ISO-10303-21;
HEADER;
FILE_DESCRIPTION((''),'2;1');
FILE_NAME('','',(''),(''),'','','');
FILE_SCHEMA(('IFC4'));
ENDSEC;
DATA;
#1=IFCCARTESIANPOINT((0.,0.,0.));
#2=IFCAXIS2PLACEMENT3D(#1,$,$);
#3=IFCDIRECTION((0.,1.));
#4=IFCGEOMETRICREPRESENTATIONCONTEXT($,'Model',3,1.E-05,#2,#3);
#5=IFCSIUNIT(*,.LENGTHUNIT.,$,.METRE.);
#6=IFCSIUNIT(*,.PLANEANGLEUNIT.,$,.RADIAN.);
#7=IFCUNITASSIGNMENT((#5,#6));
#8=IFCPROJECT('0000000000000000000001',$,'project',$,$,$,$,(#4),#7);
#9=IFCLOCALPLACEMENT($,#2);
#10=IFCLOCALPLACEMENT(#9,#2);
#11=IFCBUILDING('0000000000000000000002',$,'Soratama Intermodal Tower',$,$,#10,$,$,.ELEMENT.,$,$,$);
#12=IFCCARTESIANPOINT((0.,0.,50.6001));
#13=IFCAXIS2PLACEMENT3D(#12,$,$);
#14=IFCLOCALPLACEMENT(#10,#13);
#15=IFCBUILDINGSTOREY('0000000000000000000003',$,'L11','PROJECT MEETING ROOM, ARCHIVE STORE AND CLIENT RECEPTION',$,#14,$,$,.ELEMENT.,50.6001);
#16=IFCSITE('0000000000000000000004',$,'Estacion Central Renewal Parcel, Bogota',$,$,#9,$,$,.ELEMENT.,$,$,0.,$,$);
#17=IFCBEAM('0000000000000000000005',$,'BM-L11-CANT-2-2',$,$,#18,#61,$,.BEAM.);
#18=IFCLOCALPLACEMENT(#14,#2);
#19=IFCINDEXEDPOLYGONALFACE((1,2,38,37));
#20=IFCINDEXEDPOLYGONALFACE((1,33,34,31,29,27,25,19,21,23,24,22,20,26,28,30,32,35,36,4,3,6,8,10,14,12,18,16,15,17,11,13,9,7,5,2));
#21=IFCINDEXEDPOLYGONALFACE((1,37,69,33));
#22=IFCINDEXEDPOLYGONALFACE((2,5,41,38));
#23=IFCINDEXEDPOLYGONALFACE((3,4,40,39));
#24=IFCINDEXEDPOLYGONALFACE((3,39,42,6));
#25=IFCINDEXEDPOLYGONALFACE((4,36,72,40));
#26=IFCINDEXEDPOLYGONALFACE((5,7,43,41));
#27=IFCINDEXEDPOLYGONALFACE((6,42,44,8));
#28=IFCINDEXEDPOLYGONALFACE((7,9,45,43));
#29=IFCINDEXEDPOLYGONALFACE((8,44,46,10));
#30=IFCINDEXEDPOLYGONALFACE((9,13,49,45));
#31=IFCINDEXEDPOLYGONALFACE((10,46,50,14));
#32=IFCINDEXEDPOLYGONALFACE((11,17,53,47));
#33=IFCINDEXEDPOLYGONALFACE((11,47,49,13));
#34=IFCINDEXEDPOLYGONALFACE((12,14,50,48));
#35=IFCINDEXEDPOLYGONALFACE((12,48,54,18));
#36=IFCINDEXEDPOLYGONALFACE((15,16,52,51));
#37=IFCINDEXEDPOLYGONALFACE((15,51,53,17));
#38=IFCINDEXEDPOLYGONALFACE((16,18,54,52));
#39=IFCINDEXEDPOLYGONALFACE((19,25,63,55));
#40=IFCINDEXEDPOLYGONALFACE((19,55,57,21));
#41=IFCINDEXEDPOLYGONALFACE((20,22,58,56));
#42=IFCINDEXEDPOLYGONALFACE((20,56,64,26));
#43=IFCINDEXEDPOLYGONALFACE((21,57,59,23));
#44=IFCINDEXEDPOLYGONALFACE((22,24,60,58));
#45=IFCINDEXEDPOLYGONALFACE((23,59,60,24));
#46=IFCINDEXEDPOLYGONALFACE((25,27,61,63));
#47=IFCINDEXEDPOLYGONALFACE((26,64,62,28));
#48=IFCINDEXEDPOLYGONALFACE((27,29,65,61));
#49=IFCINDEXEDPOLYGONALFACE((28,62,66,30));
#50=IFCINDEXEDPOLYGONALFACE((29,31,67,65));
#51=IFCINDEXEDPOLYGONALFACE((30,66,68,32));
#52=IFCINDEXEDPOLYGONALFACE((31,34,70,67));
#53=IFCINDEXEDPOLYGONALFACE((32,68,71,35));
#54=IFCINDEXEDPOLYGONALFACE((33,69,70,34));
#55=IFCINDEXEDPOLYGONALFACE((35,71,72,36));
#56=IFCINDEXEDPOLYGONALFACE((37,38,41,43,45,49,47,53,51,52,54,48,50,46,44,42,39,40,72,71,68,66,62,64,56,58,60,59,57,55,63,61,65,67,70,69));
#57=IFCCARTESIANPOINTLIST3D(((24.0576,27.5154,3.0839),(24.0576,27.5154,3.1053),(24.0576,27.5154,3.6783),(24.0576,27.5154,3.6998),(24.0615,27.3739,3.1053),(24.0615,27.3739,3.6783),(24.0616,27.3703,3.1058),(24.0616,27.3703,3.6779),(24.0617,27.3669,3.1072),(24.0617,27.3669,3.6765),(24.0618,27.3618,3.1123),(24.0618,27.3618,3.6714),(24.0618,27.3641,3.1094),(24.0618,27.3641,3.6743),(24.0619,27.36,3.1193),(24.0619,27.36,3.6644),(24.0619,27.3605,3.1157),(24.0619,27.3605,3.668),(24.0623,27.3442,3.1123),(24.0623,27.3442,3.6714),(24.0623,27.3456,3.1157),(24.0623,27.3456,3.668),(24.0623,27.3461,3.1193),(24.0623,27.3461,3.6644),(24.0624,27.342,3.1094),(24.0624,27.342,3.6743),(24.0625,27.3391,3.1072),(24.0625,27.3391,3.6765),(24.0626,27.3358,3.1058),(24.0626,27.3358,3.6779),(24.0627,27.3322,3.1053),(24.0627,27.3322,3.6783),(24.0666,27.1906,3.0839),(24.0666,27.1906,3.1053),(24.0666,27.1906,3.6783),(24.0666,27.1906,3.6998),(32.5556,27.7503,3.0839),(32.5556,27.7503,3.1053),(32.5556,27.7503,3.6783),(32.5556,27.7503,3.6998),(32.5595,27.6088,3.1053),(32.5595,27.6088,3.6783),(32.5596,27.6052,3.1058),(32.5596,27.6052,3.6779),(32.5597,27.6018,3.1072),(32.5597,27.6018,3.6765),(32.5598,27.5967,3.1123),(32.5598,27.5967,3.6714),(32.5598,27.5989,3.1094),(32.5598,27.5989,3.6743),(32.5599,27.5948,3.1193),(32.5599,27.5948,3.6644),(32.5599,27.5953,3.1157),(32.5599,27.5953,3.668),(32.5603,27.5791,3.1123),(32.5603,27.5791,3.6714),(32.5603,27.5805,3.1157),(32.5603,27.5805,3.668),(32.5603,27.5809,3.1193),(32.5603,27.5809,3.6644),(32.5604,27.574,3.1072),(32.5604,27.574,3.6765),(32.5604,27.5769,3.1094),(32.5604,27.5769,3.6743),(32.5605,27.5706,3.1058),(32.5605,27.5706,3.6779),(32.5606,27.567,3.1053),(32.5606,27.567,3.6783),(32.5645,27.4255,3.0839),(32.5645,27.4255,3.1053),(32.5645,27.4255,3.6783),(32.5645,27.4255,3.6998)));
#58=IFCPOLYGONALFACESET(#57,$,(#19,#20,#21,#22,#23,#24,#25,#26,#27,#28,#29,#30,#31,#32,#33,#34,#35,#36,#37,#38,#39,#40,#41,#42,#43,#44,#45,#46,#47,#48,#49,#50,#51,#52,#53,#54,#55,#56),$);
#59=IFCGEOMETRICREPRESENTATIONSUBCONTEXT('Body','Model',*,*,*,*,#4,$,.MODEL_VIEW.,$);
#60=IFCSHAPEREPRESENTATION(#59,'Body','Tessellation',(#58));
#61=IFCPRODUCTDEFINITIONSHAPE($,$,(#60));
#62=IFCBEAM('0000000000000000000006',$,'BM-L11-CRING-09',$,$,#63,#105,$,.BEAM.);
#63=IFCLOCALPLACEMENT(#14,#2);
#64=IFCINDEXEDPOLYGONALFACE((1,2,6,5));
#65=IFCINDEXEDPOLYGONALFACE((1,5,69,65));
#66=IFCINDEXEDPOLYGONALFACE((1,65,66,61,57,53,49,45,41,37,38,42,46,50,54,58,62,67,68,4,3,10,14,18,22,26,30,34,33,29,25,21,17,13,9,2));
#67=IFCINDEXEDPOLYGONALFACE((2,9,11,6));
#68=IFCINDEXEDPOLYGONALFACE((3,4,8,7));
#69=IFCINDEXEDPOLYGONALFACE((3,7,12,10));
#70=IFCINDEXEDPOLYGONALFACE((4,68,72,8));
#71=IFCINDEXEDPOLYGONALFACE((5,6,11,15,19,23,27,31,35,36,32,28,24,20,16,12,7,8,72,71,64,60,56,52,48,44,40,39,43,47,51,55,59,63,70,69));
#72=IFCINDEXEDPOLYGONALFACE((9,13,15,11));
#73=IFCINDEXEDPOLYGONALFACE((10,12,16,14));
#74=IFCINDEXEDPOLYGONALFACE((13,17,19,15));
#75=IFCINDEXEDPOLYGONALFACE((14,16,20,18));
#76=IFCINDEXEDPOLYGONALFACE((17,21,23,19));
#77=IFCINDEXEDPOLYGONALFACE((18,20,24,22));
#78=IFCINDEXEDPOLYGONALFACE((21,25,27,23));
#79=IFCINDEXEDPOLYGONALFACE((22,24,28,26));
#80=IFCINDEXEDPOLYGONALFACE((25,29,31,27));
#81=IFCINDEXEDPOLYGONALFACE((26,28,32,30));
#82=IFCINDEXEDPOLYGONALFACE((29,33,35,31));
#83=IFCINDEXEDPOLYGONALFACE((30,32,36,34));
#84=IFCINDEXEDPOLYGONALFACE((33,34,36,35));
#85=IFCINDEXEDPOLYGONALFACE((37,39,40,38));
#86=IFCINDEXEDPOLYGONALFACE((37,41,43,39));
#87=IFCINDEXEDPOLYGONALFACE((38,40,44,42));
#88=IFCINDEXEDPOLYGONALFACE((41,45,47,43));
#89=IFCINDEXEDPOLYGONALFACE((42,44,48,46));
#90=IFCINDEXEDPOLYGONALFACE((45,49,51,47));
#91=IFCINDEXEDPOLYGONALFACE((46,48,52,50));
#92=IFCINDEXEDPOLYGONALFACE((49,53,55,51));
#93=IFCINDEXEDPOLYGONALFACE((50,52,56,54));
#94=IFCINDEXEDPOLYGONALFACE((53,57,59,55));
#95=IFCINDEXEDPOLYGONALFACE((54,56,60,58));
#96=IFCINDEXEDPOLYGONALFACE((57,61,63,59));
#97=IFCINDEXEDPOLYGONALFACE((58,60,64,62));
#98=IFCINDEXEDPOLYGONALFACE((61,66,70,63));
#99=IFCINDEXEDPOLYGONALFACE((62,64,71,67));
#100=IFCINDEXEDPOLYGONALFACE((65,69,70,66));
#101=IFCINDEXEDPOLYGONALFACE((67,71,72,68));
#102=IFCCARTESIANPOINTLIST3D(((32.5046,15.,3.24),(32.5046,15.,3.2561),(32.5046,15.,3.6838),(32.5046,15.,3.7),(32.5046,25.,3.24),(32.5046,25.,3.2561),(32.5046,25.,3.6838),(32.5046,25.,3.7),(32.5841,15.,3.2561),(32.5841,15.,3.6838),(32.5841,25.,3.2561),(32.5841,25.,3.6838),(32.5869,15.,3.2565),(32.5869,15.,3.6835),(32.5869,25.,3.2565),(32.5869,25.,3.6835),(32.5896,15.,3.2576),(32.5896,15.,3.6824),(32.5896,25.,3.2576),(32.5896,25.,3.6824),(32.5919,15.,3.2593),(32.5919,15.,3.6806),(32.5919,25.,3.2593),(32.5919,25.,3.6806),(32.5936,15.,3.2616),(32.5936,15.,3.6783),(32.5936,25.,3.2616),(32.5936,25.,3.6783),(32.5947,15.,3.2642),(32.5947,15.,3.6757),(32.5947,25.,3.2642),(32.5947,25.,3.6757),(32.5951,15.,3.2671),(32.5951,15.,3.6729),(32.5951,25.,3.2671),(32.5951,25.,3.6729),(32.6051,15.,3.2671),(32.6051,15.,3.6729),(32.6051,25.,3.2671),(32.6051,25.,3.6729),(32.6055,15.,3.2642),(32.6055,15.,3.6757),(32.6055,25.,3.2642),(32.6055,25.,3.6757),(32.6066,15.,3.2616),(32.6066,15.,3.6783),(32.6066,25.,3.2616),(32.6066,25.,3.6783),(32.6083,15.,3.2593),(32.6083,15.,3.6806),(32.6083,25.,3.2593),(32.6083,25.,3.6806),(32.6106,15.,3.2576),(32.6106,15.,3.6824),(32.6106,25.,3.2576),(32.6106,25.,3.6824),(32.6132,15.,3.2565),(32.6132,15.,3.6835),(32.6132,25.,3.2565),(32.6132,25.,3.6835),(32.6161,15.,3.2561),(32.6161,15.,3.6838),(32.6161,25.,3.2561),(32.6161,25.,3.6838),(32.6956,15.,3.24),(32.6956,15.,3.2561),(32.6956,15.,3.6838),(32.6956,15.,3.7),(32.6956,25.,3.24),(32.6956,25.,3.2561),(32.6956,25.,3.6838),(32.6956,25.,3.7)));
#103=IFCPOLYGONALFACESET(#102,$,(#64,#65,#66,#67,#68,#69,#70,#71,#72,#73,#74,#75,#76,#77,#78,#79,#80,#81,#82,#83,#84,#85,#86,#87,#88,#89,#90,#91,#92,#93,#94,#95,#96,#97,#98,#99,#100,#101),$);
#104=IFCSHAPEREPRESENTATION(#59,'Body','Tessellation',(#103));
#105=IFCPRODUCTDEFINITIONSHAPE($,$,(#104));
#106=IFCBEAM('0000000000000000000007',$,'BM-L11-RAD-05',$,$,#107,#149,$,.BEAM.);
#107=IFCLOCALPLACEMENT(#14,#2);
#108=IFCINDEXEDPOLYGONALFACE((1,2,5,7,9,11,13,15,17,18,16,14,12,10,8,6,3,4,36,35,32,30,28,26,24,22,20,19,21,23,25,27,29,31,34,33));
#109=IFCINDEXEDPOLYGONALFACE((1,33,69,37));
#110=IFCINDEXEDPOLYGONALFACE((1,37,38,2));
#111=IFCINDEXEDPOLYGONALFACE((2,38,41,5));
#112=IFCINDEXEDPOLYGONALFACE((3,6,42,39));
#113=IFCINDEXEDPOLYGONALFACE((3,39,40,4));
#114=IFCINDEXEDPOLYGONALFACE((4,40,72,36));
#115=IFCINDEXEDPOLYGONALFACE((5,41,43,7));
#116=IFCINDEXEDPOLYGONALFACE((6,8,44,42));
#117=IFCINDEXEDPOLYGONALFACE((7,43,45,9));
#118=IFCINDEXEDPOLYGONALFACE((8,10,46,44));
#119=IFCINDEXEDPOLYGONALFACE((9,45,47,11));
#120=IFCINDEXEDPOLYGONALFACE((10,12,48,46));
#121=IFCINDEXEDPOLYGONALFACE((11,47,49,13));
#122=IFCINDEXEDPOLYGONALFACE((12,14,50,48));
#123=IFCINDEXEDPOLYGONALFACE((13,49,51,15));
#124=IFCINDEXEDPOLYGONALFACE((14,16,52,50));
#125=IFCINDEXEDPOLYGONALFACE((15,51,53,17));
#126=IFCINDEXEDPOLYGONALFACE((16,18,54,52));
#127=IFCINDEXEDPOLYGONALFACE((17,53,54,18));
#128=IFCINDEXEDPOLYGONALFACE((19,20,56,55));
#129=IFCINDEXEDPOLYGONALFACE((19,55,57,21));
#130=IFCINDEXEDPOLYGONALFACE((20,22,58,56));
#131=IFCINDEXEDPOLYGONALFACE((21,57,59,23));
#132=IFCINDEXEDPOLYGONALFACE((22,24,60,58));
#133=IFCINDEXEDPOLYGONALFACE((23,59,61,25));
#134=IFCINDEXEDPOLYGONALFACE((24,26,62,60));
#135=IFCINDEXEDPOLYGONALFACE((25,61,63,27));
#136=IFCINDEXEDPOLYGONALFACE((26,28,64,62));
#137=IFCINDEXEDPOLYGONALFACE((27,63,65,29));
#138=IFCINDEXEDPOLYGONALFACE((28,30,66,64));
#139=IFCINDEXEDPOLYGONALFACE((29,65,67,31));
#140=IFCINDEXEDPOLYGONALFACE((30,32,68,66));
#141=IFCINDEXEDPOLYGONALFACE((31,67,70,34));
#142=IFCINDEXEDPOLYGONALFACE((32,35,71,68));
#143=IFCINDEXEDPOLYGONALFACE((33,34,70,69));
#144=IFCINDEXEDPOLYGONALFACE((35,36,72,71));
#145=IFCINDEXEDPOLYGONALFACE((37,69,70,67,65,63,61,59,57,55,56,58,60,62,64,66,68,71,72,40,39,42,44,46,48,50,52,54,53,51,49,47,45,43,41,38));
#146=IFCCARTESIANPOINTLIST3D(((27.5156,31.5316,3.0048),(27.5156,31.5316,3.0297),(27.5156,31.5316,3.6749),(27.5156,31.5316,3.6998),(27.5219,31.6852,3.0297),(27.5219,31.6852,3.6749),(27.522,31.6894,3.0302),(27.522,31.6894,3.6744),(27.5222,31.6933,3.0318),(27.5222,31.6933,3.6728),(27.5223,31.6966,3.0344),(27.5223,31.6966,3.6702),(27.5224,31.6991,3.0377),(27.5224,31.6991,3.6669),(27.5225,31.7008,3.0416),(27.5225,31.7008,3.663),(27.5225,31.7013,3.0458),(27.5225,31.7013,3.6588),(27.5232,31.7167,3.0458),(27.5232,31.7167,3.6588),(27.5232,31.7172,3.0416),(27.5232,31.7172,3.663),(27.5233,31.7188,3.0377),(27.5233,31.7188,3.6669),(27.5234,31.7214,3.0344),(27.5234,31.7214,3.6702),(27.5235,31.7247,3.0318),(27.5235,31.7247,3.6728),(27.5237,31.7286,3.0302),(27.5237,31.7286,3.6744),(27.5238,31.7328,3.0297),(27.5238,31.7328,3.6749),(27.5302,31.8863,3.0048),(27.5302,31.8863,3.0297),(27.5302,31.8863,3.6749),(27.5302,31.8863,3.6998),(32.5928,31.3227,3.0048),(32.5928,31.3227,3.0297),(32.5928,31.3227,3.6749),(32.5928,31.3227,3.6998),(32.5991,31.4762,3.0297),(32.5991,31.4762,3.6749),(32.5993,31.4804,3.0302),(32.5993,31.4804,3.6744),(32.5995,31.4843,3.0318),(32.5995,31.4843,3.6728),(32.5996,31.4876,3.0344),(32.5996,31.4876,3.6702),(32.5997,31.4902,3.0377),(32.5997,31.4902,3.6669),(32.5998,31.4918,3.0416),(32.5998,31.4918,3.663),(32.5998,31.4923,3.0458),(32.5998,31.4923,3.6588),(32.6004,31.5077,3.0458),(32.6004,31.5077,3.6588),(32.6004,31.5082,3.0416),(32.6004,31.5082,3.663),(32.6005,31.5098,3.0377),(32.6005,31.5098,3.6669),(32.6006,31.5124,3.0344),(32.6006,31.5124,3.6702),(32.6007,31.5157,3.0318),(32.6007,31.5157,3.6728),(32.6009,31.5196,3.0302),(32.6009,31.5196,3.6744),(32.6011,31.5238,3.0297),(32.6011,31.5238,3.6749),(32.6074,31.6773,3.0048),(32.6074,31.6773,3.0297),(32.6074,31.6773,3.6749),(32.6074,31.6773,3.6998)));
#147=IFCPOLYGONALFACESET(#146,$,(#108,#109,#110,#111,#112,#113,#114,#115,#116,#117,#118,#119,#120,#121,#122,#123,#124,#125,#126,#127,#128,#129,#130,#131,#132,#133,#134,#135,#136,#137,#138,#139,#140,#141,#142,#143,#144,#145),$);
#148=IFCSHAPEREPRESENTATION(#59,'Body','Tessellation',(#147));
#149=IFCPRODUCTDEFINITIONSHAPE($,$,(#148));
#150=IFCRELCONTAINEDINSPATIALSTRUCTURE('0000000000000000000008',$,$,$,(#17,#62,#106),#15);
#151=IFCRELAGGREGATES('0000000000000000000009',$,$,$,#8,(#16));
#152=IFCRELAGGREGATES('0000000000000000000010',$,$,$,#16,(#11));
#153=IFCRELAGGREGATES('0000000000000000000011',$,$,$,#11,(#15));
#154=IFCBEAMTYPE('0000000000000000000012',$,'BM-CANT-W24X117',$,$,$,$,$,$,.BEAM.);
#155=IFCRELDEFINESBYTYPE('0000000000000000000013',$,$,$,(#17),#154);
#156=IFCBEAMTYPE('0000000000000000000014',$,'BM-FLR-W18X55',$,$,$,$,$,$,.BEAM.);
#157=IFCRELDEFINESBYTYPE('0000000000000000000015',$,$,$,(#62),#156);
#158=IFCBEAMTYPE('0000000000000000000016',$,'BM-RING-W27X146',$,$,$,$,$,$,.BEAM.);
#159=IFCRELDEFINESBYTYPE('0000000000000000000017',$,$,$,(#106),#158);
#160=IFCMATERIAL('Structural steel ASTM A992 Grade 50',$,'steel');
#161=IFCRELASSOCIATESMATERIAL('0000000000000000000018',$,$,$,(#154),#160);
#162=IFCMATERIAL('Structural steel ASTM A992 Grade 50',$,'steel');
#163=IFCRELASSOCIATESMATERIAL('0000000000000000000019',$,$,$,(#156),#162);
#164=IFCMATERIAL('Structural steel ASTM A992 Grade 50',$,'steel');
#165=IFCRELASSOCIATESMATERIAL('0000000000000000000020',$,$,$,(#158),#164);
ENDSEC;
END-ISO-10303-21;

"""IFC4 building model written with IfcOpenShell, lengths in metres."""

from ifc_helpers import new_model, si_unit, direction, frame, origin, origin_2d, place, context, subcontext, project, spatial, i_section, extrude, material, material_profile, profile_set, type_object, element, save


model = new_model("IFC4")

# Units and contexts
model_context = context("Model", 3, precision=1e-05, world=origin(), true_north=direction((0.0, 1.0)))
body_context = subcontext(model_context, "Body", "Model", "MODEL_VIEW")
ifc_project = project(units=[si_unit("LENGTHUNIT", "METRE"), si_unit("PLANEANGLEUNIT", "RADIAN")], contexts=[model_context])

# Site, building, storey
site_placement = place(None, origin())
site = spatial("IfcSite", under=ifc_project, at=site_placement, Name="Estacion Central Renewal Parcel, Bogota", CompositionType="ELEMENT", RefElevation=0.0)
building_placement = place(site_placement, origin())
building = spatial("IfcBuilding", under=site, at=building_placement, Name="Soratama Intermodal Tower", CompositionType="ELEMENT")
storey_placement = place(building_placement, frame((0.0, 0.0, 50.6001)))
storey = spatial("IfcBuildingStorey", under=building, at=storey_placement, Name="L11", Description="PROJECT MEETING ROOM, ARCHIVE STORE AND CLIENT RECEPTION", CompositionType="ELEMENT", Elevation=50.6001)

# Beams
ifc_material_1 = material(Name="Structural steel ASTM A992 Grade 50", Category="steel")
ifc_material_profile_1 = material_profile(ifc_material_1, i_section(OverallWidth=0.325, OverallDepth=0.616, WebThickness=0.0139, FlangeThickness=0.0215, FilletRadius=0.0139, at=origin_2d()), Name="W24X117")
ifc_profile_set_1 = profile_set([ifc_material_profile_1], Name="Structural steel ASTM A992 Grade 50")
beam_type_1 = type_object("IfcBeamType", Name="BM-CANT-W24X117", PredefinedType="BEAM", material=ifc_profile_set_1)
beam_1_placement = place(storey_placement, frame((32.5601, 27.5879, 3.3918), z_axis=(-0.999618, -0.027627, 0.0), x_axis=(0.027627, -0.999618, 0.0)))
element("IfcBeam", 1, at=beam_1_placement, inside=storey, type_object=beam_type_1, Name="BM-L11-CANT-2-2", PredefinedType="BEAM", context=body_context, shape_type="SweptSolid", body=[
    extrude(i_section(OverallWidth=0.325, OverallDepth=0.616, WebThickness=0.0139, FlangeThickness=0.0215, FilletRadius=0.0139, at=origin_2d()), origin(), (0.0, 0.0, 1.0), 8.5012),
])
ifc_material_2 = material(Name="Structural steel ASTM A992 Grade 50", Category="steel")
ifc_material_profile_2 = material_profile(ifc_material_2, i_section(OverallWidth=0.1909, OverallDepth=0.46, WebThickness=0.01, FlangeThickness=0.0161, FilletRadius=0.011, at=origin_2d()), Name="W18X55")
ifc_profile_set_2 = profile_set([ifc_material_profile_2], Name="Structural steel ASTM A992 Grade 50")
beam_type_2 = type_object("IfcBeamType", Name="BM-FLR-W18X55", PredefinedType="BEAM", material=ifc_profile_set_2)
beam_2_placement = place(storey_placement, frame((32.6001, 25.0, 3.47), z_axis=(0.0, -1.0, 0.0), x_axis=(1.0, 0.0, 0.0)))
element("IfcBeam", 2, at=beam_2_placement, inside=storey, type_object=beam_type_2, Name="BM-L11-CRING-09", PredefinedType="BEAM", context=body_context, shape_type="SweptSolid", body=[
    extrude(i_section(OverallWidth=0.1909, OverallDepth=0.46, WebThickness=0.01, FlangeThickness=0.0161, FilletRadius=0.011, at=origin_2d()), origin(), (0.0, 0.0, 1.0), 10.0),
])
ifc_material_3 = material(Name="Structural steel ASTM A992 Grade 50", Category="steel")
ifc_material_profile_3 = material_profile(ifc_material_3, i_section(OverallWidth=0.355, OverallDepth=0.6951, WebThickness=0.0154, FlangeThickness=0.0249, FilletRadius=0.0161, at=origin_2d()), Name="W27X146")
ifc_profile_set_3 = profile_set([ifc_material_profile_3], Name="Structural steel ASTM A992 Grade 50")
beam_type_3 = type_object("IfcBeamType", Name="BM-RING-W27X146", PredefinedType="BEAM", material=ifc_profile_set_3)
beam_3_placement = place(storey_placement, frame((32.6001, 31.5, 3.3523), z_axis=(-0.999154, 0.041127, 0.0), x_axis=(-0.041127, -0.999154, 0.0)))
element("IfcBeam", 3, at=beam_3_placement, inside=storey, type_object=beam_type_3, Name="BM-L11-RAD-05", PredefinedType="BEAM", context=body_context, shape_type="SweptSolid", body=[
    extrude(i_section(OverallWidth=0.355, OverallDepth=0.6951, WebThickness=0.0154, FlangeThickness=0.0249, FilletRadius=0.0161, at=origin_2d()), origin(), (0.0, 0.0, 1.0), 5.0815),
])

save(model, "model.ifc")
